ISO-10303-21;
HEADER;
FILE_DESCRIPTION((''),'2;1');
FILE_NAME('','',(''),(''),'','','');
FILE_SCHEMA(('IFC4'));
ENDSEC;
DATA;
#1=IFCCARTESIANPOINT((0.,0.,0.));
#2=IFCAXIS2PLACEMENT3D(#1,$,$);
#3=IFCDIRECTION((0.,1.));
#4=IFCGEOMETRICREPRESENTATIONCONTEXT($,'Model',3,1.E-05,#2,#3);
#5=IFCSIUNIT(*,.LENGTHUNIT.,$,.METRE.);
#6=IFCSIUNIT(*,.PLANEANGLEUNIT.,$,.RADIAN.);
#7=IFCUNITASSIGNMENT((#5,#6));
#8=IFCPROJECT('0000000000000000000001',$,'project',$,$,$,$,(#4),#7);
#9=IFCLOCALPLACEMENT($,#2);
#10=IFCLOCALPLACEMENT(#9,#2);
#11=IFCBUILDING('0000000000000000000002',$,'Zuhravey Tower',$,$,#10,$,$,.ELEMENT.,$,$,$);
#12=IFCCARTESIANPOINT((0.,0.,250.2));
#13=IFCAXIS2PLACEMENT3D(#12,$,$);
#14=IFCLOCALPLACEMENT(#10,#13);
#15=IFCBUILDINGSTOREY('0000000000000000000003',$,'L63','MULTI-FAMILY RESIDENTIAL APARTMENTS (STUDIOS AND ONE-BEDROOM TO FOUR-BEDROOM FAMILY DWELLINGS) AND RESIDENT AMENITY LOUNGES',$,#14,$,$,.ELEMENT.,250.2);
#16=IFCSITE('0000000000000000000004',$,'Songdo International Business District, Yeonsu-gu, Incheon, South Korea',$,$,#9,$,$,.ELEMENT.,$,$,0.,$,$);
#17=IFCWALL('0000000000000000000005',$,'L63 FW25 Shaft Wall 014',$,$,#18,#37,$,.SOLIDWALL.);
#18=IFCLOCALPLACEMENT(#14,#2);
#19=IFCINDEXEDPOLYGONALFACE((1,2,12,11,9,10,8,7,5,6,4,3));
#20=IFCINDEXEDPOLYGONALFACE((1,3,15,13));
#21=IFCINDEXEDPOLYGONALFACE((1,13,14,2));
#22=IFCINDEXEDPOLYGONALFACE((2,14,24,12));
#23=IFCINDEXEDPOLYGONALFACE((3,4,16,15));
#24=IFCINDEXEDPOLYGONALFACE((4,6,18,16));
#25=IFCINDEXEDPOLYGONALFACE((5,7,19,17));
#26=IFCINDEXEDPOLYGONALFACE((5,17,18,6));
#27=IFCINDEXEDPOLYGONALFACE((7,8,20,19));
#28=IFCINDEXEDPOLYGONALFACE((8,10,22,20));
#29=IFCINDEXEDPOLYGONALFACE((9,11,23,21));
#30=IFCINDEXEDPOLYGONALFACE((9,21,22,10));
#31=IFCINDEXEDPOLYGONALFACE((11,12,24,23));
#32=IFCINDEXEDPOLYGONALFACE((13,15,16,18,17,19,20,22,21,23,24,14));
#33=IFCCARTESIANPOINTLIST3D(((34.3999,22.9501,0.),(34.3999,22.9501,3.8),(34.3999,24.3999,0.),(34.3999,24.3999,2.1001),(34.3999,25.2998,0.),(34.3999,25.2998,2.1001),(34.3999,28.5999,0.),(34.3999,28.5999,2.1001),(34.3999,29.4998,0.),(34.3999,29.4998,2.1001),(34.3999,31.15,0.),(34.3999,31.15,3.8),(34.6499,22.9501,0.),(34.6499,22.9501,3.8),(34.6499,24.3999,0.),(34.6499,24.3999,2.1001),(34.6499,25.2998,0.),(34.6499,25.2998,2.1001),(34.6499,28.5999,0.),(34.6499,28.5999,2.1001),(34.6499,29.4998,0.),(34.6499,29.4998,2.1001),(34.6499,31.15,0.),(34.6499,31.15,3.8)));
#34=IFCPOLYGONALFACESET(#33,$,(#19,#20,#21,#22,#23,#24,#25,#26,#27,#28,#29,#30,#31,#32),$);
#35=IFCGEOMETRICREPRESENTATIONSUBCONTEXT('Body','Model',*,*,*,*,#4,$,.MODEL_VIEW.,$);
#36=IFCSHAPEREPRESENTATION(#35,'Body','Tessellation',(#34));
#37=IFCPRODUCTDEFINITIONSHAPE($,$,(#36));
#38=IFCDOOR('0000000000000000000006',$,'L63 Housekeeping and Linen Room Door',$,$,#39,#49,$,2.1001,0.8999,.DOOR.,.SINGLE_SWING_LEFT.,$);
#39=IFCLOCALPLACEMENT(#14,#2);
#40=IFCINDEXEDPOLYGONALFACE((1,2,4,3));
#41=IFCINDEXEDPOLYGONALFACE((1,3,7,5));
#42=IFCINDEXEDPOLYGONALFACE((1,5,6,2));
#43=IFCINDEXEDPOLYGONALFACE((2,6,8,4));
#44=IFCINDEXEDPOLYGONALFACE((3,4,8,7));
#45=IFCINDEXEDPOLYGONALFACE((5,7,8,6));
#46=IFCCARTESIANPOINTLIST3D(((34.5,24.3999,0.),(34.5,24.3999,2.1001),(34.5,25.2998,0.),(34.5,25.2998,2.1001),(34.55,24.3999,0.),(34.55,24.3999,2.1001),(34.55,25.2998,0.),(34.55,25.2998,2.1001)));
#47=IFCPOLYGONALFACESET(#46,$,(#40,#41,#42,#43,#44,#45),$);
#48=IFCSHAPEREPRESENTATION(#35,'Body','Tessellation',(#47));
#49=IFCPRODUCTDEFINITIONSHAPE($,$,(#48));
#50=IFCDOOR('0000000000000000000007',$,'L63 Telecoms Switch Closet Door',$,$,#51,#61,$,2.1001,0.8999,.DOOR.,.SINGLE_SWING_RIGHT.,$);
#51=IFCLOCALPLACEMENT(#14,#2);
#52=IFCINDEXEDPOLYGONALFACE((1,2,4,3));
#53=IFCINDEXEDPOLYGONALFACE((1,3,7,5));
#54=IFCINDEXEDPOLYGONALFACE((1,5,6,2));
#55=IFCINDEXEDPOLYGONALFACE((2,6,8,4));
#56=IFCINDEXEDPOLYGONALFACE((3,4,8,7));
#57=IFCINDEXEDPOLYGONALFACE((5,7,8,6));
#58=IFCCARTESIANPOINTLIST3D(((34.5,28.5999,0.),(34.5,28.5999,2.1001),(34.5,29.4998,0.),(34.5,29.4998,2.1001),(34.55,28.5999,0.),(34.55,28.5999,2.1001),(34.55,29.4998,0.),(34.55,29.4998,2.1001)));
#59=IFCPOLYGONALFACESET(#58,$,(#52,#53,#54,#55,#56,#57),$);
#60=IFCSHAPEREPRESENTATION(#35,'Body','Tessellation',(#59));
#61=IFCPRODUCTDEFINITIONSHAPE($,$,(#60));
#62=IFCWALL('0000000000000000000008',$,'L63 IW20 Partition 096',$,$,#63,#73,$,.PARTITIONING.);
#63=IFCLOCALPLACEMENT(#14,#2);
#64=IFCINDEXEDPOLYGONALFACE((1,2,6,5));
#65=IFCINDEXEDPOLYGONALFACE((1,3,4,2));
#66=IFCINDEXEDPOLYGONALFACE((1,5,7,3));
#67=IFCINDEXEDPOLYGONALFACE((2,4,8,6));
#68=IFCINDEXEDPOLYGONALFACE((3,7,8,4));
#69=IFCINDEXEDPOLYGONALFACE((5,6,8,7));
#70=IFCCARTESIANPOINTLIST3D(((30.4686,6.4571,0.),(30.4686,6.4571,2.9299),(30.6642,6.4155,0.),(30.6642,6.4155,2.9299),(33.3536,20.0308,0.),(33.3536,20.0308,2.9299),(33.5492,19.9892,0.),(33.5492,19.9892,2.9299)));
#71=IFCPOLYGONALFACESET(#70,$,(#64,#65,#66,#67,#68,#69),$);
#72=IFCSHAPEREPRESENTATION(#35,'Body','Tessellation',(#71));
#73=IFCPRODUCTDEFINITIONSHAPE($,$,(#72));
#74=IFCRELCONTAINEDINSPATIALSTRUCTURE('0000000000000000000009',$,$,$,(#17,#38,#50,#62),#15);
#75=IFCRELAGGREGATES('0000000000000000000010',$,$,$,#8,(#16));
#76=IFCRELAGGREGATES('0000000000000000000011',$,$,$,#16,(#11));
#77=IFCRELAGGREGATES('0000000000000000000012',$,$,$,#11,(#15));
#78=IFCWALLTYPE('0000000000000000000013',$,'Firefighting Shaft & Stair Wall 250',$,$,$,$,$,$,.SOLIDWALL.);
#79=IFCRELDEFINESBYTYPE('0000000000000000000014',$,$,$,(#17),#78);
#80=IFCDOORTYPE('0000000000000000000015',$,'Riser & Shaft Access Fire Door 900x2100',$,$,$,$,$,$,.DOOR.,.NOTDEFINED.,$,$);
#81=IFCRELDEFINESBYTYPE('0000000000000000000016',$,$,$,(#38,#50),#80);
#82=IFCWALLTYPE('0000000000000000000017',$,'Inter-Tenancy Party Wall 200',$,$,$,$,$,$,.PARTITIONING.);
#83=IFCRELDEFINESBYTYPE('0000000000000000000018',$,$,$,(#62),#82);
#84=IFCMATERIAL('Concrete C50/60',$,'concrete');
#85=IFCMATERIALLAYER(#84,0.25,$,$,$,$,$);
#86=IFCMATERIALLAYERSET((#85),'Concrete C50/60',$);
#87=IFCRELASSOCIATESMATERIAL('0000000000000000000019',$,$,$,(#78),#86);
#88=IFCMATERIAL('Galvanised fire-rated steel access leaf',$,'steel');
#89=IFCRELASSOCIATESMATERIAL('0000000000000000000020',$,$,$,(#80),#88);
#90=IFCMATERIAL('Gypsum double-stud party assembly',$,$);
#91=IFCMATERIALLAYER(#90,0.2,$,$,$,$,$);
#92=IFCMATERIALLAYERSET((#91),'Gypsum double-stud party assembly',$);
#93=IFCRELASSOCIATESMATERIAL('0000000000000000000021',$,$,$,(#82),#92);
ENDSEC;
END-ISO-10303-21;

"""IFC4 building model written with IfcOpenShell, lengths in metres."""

from ifc_helpers import new_model, si_unit, direction, frame, frame_2d, origin, place, context, subcontext, project, spatial, rectangle, extrude, material, layer, layer_set, type_object, element, fill, save


model = new_model("IFC4")

# Units and contexts
model_context = context("Model", 3, precision=1e-05, world=origin(), true_north=direction((0.0, 1.0)))
body_context = subcontext(model_context, "Body", "Model", "MODEL_VIEW")
ifc_project = project(units=[si_unit("LENGTHUNIT", "METRE"), si_unit("PLANEANGLEUNIT", "RADIAN")], contexts=[model_context])

# Site, building, storey
site_placement = place(None, origin())
site = spatial("IfcSite", under=ifc_project, at=site_placement, Name="Songdo International Business District, Yeonsu-gu, Incheon, South Korea", CompositionType="ELEMENT", RefElevation=0.0)
building_placement = place(site_placement, origin())
building = spatial("IfcBuilding", under=site, at=building_placement, Name="Zuhravey Tower", CompositionType="ELEMENT")
storey_placement = place(building_placement, frame((0.0, 0.0, 250.2)))
storey = spatial("IfcBuildingStorey", under=building, at=storey_placement, Name="L63", Description="MULTI-FAMILY RESIDENTIAL APARTMENTS (STUDIOS AND ONE-BEDROOM TO FOUR-BEDROOM FAMILY DWELLINGS) AND RESIDENT AMENITY LOUNGES", CompositionType="ELEMENT", Elevation=250.2)

# Shared definitions
ifc_material_1 = material(Name="Concrete C50/60", Category="concrete")

# Shared definitions
ifc_layer_1 = layer(ifc_material_1, 0.25)
ifc_layer_set_1 = layer_set([ifc_layer_1], Name="Concrete C50/60")
wall_type_1 = type_object("IfcWallType", Name="Firefighting Shaft & Stair Wall 250", PredefinedType="SOLIDWALL", material=ifc_layer_set_1)

# Shared definitions
ifc_material_2 = material(Name="Galvanised fire-rated steel access leaf", Category="steel")
door_type_1 = type_object("IfcDoorType", Name="Riser & Shaft Access Fire Door 900x2100", OperationType="NOTDEFINED", PredefinedType="DOOR", material=ifc_material_2)

# Wall, openings, doors
wall_1_placement = place(storey_placement, frame((34.5249, 22.95, 0.0), z_axis=(0.0, 0.0, 1.0), x_axis=(0.0, 1.0, 0.0)))
wall_1 = element("IfcWall", 1, at=wall_1_placement, inside=storey, type_object=wall_type_1, Name="L63 FW25 Shaft Wall 014", PredefinedType="SOLIDWALL", context=body_context, shape_type="SweptSolid", body=[
    extrude(rectangle(XDim=8.2, YDim=0.25, at=frame_2d((4.1001, 0.0))), origin(), (0.0, 0.0, 1.0), 3.8),
])
opening_1_placement = place(wall_1_placement, frame((1.45, 0.0, 0.0)))
opening_1 = element("IfcOpeningElement", 2, at=opening_1_placement, cuts=wall_1, PredefinedType="OPENING", context=body_context, shape_type="SweptSolid", body=[
    extrude(rectangle(XDim=0.8999, YDim=2.1001, at=frame_2d((0.45, 1.05))), frame((0.0, 0.137, 0.0), z_axis=(0.0, -1.0, 0.0), x_axis=(1.0, 0.0, 0.0)), (0.0, 0.0, 1.0), 0.2739),
])
opening_2_placement = place(wall_1_placement, frame((5.6499, 0.0, 0.0)))
opening_2 = element("IfcOpeningElement", 3, at=opening_2_placement, cuts=wall_1, PredefinedType="OPENING", context=body_context, shape_type="SweptSolid", body=[
    extrude(rectangle(XDim=0.8999, YDim=2.1001, at=frame_2d((0.45, 1.05))), frame((0.0, 0.137, 0.0), z_axis=(0.0, -1.0, 0.0), x_axis=(1.0, 0.0, 0.0)), (0.0, 0.0, 1.0), 0.2739),
])
door_1_placement = place(opening_1_placement, origin())
door_1 = element("IfcDoor", 4, at=door_1_placement, inside=storey, type_object=door_type_1, Name="L63 Housekeeping and Linen Room Door", OperationType="SINGLE_SWING_LEFT", OverallHeight=2.1001, OverallWidth=0.8999, PredefinedType="DOOR", context=body_context, shape_type="SweptSolid", body=[
    extrude(rectangle(XDim=0.8999, YDim=2.1001, at=frame_2d((0.45, 1.05))), frame((0.0, 0.0249, 0.0), z_axis=(0.0, -1.0, 0.0), x_axis=(1.0, 0.0, 0.0)), (0.0, 0.0, 1.0), 0.05),
])
fill(opening_1, door_1)
door_2_placement = place(opening_2_placement, origin())
door_2 = element("IfcDoor", 5, at=door_2_placement, inside=storey, type_object=door_type_1, Name="L63 Telecoms Switch Closet Door", OperationType="SINGLE_SWING_RIGHT", OverallHeight=2.1001, OverallWidth=0.8999, PredefinedType="DOOR", context=body_context, shape_type="SweptSolid", body=[
    extrude(rectangle(XDim=0.8999, YDim=2.1001, at=frame_2d((0.45, 1.05))), frame((0.0, 0.0249, 0.0), z_axis=(0.0, -1.0, 0.0), x_axis=(1.0, 0.0, 0.0)), (0.0, 0.0, 1.0), 0.05),
])
fill(opening_2, door_2)

# Wall
ifc_material_3 = material(Name="Gypsum double-stud party assembly")
ifc_layer_2 = layer(ifc_material_3, 0.2)
ifc_layer_set_2 = layer_set([ifc_layer_2], Name="Gypsum double-stud party assembly")
wall_type_2 = type_object("IfcWallType", Name="Inter-Tenancy Party Wall 200", PredefinedType="PARTITIONING", material=ifc_layer_set_2)
wall_2_placement = place(storey_placement, frame((33.4514, 20.01, 0.0), z_axis=(0.0, 0.0, 1.0), x_axis=(-0.2079, -0.97815, 0.0)))
element("IfcWall", 6, at=wall_2_placement, inside=storey, type_object=wall_type_2, Name="L63 IW20 Partition 096", PredefinedType="PARTITIONING", context=body_context, shape_type="SweptSolid", body=[
    extrude(rectangle(XDim=13.877, YDim=0.2, at=frame_2d((6.9385, 0.0))), origin(), (0.0, 0.0, 1.0), 2.9299),
])

save(model, "model.ifc")
